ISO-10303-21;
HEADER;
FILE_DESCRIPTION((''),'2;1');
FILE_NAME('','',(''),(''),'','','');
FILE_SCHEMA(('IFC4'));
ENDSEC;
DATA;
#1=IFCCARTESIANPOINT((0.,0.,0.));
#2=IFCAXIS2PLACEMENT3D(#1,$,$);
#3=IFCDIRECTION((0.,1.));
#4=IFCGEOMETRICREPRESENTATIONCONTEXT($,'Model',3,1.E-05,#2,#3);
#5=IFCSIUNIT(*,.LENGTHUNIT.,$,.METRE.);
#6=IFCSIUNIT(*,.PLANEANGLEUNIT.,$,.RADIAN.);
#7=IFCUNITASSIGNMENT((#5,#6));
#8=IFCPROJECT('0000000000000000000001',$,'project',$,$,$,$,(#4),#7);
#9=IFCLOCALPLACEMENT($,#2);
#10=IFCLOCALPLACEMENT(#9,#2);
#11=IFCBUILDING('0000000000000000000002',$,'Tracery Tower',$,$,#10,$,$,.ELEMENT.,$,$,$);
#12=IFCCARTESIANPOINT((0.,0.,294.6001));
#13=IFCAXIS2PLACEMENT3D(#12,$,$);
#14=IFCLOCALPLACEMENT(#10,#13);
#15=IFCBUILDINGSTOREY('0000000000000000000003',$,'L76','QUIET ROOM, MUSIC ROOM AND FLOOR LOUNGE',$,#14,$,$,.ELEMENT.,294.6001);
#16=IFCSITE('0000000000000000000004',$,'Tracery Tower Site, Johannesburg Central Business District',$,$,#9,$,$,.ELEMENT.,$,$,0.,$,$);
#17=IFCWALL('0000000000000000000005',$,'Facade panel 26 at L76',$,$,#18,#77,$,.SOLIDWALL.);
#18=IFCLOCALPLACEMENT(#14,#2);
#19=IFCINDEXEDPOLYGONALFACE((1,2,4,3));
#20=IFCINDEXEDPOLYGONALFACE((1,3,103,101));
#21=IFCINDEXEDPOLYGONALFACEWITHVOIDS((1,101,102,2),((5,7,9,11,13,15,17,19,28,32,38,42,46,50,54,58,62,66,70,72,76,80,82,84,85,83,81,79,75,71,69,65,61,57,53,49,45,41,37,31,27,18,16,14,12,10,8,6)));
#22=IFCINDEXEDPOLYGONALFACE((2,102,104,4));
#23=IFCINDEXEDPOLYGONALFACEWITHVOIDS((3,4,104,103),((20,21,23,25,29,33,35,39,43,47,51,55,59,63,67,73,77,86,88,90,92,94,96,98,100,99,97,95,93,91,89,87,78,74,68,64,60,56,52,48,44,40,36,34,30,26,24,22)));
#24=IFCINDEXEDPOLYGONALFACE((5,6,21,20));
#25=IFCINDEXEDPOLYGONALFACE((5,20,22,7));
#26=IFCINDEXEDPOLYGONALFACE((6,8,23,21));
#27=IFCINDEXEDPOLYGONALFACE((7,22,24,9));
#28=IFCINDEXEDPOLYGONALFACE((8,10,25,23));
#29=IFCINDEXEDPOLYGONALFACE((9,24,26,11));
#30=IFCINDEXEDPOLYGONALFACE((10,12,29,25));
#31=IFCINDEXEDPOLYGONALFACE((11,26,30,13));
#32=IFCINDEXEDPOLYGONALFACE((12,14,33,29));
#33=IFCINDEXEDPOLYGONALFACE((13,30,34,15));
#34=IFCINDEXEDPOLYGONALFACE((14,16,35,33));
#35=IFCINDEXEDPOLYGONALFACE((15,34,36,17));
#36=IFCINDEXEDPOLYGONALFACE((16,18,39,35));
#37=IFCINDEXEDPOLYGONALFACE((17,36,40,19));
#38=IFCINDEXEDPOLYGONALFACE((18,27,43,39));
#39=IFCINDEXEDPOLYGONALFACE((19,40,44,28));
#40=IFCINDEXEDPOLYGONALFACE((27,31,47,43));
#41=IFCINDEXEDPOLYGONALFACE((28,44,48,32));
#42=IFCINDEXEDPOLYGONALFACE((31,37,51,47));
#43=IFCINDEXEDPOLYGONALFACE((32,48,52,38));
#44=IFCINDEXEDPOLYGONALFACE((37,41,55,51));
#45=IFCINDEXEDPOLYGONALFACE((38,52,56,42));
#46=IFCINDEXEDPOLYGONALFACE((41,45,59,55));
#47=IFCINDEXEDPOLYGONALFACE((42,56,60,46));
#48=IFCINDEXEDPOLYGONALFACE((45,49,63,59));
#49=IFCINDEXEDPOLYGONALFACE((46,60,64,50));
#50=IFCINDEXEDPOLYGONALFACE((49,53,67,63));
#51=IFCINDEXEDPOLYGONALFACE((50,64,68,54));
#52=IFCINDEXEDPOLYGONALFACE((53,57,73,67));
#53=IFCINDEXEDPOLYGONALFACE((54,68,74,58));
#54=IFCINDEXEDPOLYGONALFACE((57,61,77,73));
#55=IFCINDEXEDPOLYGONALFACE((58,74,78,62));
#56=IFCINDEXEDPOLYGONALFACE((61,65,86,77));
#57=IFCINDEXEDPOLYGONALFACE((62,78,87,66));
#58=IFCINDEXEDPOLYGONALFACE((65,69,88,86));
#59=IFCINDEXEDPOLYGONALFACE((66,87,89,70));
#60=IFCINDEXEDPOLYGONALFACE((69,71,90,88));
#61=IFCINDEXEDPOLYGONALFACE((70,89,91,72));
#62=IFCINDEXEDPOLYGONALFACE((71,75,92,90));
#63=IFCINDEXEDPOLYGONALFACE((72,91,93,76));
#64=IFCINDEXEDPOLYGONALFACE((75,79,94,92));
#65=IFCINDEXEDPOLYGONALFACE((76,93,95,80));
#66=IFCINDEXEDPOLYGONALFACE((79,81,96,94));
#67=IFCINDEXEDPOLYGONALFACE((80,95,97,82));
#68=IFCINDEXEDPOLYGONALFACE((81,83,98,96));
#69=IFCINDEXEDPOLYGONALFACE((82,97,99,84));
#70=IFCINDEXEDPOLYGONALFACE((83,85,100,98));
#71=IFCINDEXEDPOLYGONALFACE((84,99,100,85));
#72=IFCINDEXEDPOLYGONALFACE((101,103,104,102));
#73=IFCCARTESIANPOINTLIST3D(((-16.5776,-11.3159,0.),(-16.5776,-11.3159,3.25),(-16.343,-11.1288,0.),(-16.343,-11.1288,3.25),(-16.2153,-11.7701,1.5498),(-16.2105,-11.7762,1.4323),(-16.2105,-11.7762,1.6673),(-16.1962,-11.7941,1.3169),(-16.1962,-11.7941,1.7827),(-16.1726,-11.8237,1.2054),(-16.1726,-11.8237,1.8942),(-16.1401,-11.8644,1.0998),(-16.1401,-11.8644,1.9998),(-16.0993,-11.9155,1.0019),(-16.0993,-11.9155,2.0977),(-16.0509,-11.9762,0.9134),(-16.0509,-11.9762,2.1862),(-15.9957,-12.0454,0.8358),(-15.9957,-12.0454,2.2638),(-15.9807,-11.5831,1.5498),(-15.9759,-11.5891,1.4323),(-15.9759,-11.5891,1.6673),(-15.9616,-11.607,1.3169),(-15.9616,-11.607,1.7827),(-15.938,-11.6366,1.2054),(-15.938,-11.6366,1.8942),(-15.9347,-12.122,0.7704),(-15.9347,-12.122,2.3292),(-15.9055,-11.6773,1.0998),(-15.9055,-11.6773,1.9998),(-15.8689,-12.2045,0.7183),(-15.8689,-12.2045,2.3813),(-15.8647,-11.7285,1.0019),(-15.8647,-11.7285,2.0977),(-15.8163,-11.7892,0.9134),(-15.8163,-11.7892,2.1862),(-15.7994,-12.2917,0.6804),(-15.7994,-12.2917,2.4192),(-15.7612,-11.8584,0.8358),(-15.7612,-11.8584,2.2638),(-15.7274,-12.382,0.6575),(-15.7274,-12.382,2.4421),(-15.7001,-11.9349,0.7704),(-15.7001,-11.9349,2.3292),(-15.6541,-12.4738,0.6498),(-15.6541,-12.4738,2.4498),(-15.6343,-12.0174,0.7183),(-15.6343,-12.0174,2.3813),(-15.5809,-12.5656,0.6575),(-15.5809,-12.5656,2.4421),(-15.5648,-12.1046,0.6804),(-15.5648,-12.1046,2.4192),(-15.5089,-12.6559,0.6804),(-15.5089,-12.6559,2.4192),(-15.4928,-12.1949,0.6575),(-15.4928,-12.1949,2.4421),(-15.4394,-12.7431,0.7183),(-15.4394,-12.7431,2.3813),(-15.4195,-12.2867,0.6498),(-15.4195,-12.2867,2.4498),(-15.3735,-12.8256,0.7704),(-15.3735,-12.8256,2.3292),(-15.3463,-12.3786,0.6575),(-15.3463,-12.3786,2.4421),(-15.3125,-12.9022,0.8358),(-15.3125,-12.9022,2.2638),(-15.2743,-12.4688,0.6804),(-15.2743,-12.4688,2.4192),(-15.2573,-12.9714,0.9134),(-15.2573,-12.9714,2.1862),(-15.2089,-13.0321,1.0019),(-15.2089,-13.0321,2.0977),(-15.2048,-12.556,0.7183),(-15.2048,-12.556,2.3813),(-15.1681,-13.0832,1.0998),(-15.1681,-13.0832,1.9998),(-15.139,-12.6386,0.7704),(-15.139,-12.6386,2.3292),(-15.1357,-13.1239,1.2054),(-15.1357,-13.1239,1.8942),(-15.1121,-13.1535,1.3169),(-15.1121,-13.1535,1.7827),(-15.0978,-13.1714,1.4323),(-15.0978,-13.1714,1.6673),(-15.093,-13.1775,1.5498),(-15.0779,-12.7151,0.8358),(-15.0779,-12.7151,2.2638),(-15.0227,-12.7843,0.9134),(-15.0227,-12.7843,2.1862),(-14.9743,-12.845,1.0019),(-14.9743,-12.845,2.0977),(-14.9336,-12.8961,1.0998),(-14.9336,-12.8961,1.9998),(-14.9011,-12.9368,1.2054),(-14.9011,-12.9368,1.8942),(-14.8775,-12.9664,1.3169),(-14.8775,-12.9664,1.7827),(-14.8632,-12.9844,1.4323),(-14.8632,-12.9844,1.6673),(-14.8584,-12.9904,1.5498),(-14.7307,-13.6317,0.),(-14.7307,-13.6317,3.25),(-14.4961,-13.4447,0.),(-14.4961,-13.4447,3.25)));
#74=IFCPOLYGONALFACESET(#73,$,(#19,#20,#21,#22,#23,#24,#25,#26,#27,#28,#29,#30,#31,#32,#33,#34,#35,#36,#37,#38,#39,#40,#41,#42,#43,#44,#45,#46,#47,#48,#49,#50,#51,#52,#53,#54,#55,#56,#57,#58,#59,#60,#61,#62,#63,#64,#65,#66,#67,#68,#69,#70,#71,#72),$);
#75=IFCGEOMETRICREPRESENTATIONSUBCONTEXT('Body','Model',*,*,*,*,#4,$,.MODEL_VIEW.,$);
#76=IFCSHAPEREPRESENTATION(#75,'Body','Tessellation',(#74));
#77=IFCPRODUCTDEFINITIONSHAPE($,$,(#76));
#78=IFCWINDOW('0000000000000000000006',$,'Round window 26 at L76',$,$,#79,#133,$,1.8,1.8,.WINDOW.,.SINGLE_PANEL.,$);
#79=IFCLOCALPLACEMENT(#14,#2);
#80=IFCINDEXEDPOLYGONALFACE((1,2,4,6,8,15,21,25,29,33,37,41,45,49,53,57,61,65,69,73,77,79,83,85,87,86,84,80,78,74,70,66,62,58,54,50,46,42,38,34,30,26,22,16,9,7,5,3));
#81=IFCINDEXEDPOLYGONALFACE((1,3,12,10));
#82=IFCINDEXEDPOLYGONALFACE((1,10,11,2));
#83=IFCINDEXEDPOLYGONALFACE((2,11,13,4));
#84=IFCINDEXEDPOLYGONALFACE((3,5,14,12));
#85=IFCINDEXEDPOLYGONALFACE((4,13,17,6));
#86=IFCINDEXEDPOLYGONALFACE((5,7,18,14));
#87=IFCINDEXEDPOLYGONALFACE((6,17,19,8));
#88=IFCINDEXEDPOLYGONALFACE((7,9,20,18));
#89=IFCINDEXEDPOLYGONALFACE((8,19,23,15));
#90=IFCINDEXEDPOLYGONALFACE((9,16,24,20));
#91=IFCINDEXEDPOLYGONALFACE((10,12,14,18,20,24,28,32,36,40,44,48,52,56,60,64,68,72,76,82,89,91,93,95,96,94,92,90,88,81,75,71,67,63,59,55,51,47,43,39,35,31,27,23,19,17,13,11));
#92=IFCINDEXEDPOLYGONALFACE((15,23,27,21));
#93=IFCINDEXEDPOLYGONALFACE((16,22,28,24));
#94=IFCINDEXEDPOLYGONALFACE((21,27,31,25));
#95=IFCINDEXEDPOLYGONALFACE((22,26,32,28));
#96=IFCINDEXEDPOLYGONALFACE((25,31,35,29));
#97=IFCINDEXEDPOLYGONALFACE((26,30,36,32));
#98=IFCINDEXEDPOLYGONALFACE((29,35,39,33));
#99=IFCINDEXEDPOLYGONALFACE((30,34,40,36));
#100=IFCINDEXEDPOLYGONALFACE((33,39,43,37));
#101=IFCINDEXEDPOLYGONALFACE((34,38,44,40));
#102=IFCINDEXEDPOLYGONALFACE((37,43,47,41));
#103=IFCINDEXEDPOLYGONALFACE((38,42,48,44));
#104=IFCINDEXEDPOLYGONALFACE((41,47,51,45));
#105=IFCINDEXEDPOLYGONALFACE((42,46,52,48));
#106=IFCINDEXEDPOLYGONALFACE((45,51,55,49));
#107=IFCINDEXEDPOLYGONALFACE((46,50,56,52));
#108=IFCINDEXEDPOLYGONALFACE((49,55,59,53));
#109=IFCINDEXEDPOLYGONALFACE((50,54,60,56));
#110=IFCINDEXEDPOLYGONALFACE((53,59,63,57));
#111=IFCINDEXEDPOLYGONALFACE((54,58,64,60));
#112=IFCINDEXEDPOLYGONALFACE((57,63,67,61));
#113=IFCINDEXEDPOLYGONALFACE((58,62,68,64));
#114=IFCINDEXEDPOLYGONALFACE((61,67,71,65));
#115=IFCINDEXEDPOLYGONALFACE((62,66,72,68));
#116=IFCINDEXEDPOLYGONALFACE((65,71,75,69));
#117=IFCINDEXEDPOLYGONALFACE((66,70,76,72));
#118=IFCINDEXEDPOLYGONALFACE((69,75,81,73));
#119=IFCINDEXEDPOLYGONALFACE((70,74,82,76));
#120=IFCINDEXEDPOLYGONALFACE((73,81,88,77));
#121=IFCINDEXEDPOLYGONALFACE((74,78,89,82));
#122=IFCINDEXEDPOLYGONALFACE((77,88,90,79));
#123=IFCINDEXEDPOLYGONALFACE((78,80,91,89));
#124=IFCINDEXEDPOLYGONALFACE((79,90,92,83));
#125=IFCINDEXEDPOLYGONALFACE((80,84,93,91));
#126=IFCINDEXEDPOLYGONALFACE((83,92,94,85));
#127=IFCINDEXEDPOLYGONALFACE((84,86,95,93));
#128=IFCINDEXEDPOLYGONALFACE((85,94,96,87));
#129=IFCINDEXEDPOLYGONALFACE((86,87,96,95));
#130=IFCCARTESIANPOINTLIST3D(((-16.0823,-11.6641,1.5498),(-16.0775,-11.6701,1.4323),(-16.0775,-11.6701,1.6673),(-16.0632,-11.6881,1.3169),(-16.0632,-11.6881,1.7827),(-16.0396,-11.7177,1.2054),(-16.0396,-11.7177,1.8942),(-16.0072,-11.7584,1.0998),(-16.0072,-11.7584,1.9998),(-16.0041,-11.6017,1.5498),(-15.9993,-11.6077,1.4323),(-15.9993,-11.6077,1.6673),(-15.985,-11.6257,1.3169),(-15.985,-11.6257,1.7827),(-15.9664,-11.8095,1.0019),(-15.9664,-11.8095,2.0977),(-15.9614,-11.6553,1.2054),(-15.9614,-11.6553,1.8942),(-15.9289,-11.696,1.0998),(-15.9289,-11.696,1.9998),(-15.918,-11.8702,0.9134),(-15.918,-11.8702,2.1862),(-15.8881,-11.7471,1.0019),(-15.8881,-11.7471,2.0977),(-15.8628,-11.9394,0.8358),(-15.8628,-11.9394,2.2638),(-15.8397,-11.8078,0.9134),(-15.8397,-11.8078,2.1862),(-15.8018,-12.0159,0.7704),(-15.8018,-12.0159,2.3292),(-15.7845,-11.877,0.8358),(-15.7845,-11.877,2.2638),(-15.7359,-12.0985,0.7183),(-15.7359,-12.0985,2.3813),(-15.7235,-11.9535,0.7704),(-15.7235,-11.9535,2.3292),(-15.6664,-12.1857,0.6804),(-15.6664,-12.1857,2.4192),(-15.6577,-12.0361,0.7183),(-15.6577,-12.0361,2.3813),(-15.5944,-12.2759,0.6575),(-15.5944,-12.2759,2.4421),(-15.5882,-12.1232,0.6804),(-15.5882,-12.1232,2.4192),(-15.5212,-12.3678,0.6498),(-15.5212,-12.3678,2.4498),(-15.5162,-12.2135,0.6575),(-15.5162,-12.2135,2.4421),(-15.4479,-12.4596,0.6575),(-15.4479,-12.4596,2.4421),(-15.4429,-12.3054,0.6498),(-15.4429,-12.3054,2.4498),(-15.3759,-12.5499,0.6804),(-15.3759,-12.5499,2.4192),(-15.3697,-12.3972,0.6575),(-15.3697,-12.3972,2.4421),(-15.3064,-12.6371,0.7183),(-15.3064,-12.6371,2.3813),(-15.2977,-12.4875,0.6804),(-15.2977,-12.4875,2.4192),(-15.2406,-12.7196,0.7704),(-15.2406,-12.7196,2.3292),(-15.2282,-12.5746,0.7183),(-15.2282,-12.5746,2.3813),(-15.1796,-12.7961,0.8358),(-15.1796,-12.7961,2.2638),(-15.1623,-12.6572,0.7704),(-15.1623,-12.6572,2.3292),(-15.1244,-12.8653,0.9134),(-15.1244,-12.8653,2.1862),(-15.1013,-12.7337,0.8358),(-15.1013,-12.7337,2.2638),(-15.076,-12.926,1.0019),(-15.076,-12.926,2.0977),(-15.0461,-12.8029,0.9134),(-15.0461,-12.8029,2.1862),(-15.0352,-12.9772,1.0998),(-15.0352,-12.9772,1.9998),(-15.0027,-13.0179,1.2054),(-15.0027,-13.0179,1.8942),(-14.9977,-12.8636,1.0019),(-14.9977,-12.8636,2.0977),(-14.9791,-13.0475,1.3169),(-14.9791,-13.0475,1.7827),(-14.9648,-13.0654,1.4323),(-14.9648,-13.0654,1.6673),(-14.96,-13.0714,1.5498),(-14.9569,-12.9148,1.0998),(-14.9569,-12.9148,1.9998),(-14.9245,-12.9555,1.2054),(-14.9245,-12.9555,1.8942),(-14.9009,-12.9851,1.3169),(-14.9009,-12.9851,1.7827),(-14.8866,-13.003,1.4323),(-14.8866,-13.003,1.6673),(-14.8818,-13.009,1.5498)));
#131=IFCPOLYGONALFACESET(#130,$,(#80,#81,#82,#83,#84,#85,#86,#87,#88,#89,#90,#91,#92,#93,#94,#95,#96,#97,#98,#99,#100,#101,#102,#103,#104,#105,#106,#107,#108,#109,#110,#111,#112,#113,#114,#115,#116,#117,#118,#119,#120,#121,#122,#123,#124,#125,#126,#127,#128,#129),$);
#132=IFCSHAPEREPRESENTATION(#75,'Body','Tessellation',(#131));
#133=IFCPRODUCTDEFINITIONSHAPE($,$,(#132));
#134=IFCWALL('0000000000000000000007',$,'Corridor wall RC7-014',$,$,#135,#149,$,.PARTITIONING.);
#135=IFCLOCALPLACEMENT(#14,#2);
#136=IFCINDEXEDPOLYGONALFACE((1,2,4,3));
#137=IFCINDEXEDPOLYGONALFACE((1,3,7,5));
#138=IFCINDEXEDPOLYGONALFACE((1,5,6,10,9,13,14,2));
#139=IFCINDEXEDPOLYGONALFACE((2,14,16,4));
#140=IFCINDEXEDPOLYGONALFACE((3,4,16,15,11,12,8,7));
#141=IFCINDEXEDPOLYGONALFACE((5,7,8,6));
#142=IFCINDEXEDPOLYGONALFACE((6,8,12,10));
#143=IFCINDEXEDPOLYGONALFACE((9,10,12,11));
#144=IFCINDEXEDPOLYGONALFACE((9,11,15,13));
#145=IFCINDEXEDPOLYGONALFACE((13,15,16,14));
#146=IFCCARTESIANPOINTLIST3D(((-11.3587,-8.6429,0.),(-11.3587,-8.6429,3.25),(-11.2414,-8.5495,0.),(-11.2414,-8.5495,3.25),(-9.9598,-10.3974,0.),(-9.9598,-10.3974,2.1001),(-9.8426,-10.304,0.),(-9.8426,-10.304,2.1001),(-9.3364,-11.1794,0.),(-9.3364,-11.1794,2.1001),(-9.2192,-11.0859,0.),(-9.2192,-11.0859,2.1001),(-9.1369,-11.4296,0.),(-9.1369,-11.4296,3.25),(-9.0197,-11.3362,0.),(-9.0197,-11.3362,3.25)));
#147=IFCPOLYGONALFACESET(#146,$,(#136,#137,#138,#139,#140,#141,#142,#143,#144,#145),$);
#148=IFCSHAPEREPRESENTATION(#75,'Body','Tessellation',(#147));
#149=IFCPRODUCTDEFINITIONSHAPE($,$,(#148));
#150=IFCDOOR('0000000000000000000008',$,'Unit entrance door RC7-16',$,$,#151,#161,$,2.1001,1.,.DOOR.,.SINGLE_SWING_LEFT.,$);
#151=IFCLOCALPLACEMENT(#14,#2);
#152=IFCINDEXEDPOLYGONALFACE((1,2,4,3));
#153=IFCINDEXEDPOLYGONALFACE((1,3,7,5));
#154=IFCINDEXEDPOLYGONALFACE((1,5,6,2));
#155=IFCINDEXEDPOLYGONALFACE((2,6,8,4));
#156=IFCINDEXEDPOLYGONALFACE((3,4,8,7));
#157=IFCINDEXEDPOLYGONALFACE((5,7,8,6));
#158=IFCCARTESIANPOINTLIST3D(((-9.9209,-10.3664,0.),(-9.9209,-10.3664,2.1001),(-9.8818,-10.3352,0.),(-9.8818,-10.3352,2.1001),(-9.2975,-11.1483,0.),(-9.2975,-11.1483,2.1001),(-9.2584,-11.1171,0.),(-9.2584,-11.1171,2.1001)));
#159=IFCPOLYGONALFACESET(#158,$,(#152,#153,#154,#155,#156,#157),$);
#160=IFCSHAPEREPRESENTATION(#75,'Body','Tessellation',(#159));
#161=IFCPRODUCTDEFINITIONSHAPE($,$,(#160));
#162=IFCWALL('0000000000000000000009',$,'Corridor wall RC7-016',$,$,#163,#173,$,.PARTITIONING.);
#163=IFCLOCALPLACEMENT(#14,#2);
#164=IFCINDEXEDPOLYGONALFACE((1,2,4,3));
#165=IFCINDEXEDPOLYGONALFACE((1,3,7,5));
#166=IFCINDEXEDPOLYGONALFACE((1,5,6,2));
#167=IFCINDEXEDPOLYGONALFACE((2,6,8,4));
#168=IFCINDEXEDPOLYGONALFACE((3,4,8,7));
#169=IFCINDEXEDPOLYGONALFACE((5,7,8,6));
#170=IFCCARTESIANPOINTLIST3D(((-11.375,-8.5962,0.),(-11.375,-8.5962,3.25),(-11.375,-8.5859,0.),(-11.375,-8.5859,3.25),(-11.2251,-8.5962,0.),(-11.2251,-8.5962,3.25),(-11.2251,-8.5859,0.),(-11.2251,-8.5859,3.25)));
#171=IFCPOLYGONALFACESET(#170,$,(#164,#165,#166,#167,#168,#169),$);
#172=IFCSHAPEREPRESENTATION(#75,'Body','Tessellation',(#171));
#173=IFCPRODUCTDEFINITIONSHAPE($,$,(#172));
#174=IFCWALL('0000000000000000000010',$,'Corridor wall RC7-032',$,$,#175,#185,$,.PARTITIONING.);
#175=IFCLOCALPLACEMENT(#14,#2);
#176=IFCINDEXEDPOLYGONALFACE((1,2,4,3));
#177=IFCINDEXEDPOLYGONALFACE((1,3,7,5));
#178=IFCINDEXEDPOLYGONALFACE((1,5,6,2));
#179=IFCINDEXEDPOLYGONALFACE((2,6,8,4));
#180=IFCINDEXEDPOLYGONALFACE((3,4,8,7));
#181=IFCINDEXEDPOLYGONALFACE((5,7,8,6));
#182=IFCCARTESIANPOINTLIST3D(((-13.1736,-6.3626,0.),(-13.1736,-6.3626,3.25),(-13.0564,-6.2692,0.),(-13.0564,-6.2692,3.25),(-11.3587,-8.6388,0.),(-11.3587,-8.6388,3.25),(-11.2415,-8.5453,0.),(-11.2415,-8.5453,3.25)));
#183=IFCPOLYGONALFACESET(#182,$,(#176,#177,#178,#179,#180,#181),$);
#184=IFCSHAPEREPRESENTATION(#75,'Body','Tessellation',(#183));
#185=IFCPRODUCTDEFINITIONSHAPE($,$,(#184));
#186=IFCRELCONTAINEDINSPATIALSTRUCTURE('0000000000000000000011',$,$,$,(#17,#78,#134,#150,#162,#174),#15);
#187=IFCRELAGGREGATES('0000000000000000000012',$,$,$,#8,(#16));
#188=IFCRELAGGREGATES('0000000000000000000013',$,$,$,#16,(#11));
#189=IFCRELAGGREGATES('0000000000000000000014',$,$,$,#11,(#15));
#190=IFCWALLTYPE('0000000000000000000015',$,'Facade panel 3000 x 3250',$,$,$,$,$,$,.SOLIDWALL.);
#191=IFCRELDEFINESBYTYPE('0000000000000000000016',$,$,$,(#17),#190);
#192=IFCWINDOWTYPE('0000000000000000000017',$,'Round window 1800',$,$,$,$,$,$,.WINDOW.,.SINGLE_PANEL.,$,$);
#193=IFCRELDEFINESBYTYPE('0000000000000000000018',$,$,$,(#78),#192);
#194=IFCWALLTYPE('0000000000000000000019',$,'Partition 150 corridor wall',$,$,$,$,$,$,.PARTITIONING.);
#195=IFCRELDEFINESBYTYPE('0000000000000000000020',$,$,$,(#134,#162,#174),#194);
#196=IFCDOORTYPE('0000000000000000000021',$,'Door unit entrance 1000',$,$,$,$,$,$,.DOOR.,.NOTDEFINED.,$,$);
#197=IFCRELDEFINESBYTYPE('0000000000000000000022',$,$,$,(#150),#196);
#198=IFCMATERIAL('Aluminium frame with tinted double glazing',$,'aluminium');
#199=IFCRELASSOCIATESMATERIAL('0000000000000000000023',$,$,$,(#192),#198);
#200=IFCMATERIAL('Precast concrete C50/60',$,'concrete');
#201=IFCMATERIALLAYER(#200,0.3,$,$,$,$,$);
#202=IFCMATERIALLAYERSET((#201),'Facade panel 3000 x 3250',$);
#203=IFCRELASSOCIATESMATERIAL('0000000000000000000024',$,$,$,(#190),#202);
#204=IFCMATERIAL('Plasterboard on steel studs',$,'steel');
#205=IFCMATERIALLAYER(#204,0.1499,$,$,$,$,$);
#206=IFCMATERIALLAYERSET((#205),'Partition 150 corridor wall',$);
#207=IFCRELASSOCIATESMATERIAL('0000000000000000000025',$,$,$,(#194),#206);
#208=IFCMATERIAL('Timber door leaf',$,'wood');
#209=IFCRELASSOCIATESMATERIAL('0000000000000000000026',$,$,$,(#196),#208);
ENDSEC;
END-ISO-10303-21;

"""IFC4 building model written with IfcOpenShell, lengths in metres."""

from ifc_helpers import new_model, si_unit, direction, frame, frame_2d, origin, origin_2d, place, context, subcontext, project, spatial, rectangle, circle, extrude, material, layer, layer_set, type_object, element, fill, save


model = new_model("IFC4")

# Units and contexts
model_context = context("Model", 3, precision=1e-05, world=origin(), true_north=direction((0.0, 1.0)))
body_context = subcontext(model_context, "Body", "Model", "MODEL_VIEW")
ifc_project = project(units=[si_unit("LENGTHUNIT", "METRE"), si_unit("PLANEANGLEUNIT", "RADIAN")], contexts=[model_context])

# Site, building, storey
site_placement = place(None, origin())
site = spatial("IfcSite", under=ifc_project, at=site_placement, Name="Tracery Tower Site, Johannesburg Central Business District", CompositionType="ELEMENT", RefElevation=0.0)
building_placement = place(site_placement, origin())
building = spatial("IfcBuilding", under=site, at=building_placement, Name="Tracery Tower", CompositionType="ELEMENT")
storey_placement = place(building_placement, frame((0.0, 0.0, 294.6001)))
storey = spatial("IfcBuildingStorey", under=building, at=storey_placement, Name="L76", Description="QUIET ROOM, MUSIC ROOM AND FLOOR LOUNGE", CompositionType="ELEMENT", Elevation=294.6001)

# Wall, opening, window
ifc_material_1 = material(Name="Aluminium frame with tinted double glazing", Category="aluminium")
window_type = type_object("IfcWindowType", Name="Round window 1800", PartitioningType="SINGLE_PANEL", PredefinedType="WINDOW", material=ifc_material_1)
ifc_material_2 = material(Name="Precast concrete C50/60", Category="concrete")
ifc_layer_1 = layer(ifc_material_2, 0.3)
ifc_layer_set_1 = layer_set([ifc_layer_1], Name="Facade panel 3000 x 3250")
wall_type_1 = type_object("IfcWallType", Name="Facade panel 3000 x 3250", PredefinedType="SOLIDWALL", material=ifc_layer_set_1)
wall_1_placement = place(storey_placement, frame((-16.4602, -11.2224, 0.0), z_axis=(0.0, 0.0, 1.0), x_axis=(0.623498, -0.781825, 0.0)))
wall_1 = element("IfcWall", 1, at=wall_1_placement, inside=storey, type_object=wall_type_1, Name="Facade panel 26 at L76", PredefinedType="SOLIDWALL", context=body_context, shape_type="SweptSolid", body=[
    extrude(rectangle(XDim=2.9622, YDim=0.3, at=frame_2d((1.481, 0.0))), origin(), (0.0, 0.0, 1.0), 3.25),
])
opening_1_placement = place(wall_1_placement, frame((1.481, 0.0, 1.5498)))
opening_1 = element("IfcOpeningElement", 2, at=opening_1_placement, cuts=wall_1, PredefinedType="OPENING", context=body_context, shape_type="SweptSolid", body=[
    extrude(circle(Radius=0.9, at=origin_2d()), frame((0.0, 0.1599, 0.0), z_axis=(0.0, -1.0, 0.0), x_axis=(1.0, 0.0, 0.0)), (0.0, 0.0, 1.0), 0.3201),
])
window_1_placement = place(opening_1_placement, origin())
window_1 = element("IfcWindow", 3, at=window_1_placement, inside=storey, type_object=window_type, Name="Round window 26 at L76", OverallHeight=1.8, OverallWidth=1.8, PartitioningType="SINGLE_PANEL", PredefinedType="WINDOW", context=body_context, shape_type="SweptSolid", body=[
    extrude(circle(Radius=0.9, at=origin_2d()), frame((0.0, 0.1201, 0.0), z_axis=(0.0, -1.0, 0.0), x_axis=(1.0, 0.0, 0.0)), (0.0, 0.0, 1.0), 0.1001),
])
fill(opening_1, window_1)

# Wall, opening, door
ifc_material_3 = material(Name="Plasterboard on steel studs", Category="steel")
ifc_layer_2 = layer(ifc_material_3, 0.1499)
ifc_layer_set_2 = layer_set([ifc_layer_2], Name="Partition 150 corridor wall")
wall_type_2 = type_object("IfcWallType", Name="Partition 150 corridor wall", PredefinedType="PARTITIONING", material=ifc_layer_set_2)
wall_2_placement = place(storey_placement, frame((-11.3, -8.5962, 0.0), z_axis=(0.0, 0.0, 1.0), x_axis=(0.623391, -0.78191, 0.0)))
wall_2 = element("IfcWall", 4, at=wall_2_placement, inside=storey, type_object=wall_type_2, Name="Corridor wall RC7-014", PredefinedType="PARTITIONING", context=body_context, shape_type="SweptSolid", body=[
    extrude(rectangle(XDim=3.564, YDim=0.1499, at=frame_2d((1.782, 0.0))), origin(), (0.0, 0.0, 1.0), 3.25),
])
opening_2_placement = place(wall_2_placement, frame((2.2439, 0.0, 0.0)))
opening_2 = element("IfcOpeningElement", 5, at=opening_2_placement, cuts=wall_2, PredefinedType="OPENING", context=body_context, shape_type="SweptSolid", body=[
    extrude(rectangle(XDim=1.0, YDim=2.1001, at=frame_2d((0.5, 1.05))), frame((0.0, 0.075, 0.0), z_axis=(0.0, -1.0, 0.0), x_axis=(1.0, 0.0, 0.0)), (0.0, 0.0, 1.0), 0.1499),
])
ifc_material_4 = material(Name="Timber door leaf", Category="wood")
door_type_1 = type_object("IfcDoorType", Name="Door unit entrance 1000", OperationType="NOTDEFINED", PredefinedType="DOOR", material=ifc_material_4)
door_1_placement = place(opening_2_placement, origin())
door_1 = element("IfcDoor", 6, at=door_1_placement, inside=storey, type_object=door_type_1, Name="Unit entrance door RC7-16", OperationType="SINGLE_SWING_LEFT", OverallHeight=2.1001, OverallWidth=1.0, PredefinedType="DOOR", context=body_context, shape_type="SweptSolid", body=[
    extrude(rectangle(XDim=1.0, YDim=2.1001, at=frame_2d((0.5, 1.05))), frame((0.0, 0.0249, 0.0), z_axis=(0.0, -1.0, 0.0), x_axis=(1.0, 0.0, 0.0)), (0.0, 0.0, 1.0), 0.05),
])
fill(opening_2, door_1)

# Walls
wall_3_placement = place(storey_placement, frame((-11.3, -8.5962, 0.0), z_axis=(0.0, 0.0, 1.0), x_axis=(0.0, 1.0, 0.0)))
element("IfcWall", 7, at=wall_3_placement, inside=storey, type_object=wall_type_2, Name="Corridor wall RC7-016", PredefinedType="PARTITIONING", context=body_context, shape_type="SweptSolid", body=[
    extrude(rectangle(XDim=0.0103, YDim=0.1499, at=frame_2d((0.0051, 0.0))), origin(), (0.0, 0.0, 1.0), 3.25),
])
wall_4_placement = place(storey_placement, frame((-13.115, -6.3159, 0.0), z_axis=(0.0, 0.0, 1.0), x_axis=(0.623447, -0.781866, 0.0)))
element("IfcWall", 8, at=wall_4_placement, inside=storey, type_object=wall_type_2, Name="Corridor wall RC7-032", PredefinedType="PARTITIONING", context=body_context, shape_type="SweptSolid", body=[
    extrude(rectangle(XDim=2.9111, YDim=0.1499, at=frame_2d((1.4556, 0.0))), origin(), (0.0, 0.0, 1.0), 3.25),
])

save(model, "model.ifc")
